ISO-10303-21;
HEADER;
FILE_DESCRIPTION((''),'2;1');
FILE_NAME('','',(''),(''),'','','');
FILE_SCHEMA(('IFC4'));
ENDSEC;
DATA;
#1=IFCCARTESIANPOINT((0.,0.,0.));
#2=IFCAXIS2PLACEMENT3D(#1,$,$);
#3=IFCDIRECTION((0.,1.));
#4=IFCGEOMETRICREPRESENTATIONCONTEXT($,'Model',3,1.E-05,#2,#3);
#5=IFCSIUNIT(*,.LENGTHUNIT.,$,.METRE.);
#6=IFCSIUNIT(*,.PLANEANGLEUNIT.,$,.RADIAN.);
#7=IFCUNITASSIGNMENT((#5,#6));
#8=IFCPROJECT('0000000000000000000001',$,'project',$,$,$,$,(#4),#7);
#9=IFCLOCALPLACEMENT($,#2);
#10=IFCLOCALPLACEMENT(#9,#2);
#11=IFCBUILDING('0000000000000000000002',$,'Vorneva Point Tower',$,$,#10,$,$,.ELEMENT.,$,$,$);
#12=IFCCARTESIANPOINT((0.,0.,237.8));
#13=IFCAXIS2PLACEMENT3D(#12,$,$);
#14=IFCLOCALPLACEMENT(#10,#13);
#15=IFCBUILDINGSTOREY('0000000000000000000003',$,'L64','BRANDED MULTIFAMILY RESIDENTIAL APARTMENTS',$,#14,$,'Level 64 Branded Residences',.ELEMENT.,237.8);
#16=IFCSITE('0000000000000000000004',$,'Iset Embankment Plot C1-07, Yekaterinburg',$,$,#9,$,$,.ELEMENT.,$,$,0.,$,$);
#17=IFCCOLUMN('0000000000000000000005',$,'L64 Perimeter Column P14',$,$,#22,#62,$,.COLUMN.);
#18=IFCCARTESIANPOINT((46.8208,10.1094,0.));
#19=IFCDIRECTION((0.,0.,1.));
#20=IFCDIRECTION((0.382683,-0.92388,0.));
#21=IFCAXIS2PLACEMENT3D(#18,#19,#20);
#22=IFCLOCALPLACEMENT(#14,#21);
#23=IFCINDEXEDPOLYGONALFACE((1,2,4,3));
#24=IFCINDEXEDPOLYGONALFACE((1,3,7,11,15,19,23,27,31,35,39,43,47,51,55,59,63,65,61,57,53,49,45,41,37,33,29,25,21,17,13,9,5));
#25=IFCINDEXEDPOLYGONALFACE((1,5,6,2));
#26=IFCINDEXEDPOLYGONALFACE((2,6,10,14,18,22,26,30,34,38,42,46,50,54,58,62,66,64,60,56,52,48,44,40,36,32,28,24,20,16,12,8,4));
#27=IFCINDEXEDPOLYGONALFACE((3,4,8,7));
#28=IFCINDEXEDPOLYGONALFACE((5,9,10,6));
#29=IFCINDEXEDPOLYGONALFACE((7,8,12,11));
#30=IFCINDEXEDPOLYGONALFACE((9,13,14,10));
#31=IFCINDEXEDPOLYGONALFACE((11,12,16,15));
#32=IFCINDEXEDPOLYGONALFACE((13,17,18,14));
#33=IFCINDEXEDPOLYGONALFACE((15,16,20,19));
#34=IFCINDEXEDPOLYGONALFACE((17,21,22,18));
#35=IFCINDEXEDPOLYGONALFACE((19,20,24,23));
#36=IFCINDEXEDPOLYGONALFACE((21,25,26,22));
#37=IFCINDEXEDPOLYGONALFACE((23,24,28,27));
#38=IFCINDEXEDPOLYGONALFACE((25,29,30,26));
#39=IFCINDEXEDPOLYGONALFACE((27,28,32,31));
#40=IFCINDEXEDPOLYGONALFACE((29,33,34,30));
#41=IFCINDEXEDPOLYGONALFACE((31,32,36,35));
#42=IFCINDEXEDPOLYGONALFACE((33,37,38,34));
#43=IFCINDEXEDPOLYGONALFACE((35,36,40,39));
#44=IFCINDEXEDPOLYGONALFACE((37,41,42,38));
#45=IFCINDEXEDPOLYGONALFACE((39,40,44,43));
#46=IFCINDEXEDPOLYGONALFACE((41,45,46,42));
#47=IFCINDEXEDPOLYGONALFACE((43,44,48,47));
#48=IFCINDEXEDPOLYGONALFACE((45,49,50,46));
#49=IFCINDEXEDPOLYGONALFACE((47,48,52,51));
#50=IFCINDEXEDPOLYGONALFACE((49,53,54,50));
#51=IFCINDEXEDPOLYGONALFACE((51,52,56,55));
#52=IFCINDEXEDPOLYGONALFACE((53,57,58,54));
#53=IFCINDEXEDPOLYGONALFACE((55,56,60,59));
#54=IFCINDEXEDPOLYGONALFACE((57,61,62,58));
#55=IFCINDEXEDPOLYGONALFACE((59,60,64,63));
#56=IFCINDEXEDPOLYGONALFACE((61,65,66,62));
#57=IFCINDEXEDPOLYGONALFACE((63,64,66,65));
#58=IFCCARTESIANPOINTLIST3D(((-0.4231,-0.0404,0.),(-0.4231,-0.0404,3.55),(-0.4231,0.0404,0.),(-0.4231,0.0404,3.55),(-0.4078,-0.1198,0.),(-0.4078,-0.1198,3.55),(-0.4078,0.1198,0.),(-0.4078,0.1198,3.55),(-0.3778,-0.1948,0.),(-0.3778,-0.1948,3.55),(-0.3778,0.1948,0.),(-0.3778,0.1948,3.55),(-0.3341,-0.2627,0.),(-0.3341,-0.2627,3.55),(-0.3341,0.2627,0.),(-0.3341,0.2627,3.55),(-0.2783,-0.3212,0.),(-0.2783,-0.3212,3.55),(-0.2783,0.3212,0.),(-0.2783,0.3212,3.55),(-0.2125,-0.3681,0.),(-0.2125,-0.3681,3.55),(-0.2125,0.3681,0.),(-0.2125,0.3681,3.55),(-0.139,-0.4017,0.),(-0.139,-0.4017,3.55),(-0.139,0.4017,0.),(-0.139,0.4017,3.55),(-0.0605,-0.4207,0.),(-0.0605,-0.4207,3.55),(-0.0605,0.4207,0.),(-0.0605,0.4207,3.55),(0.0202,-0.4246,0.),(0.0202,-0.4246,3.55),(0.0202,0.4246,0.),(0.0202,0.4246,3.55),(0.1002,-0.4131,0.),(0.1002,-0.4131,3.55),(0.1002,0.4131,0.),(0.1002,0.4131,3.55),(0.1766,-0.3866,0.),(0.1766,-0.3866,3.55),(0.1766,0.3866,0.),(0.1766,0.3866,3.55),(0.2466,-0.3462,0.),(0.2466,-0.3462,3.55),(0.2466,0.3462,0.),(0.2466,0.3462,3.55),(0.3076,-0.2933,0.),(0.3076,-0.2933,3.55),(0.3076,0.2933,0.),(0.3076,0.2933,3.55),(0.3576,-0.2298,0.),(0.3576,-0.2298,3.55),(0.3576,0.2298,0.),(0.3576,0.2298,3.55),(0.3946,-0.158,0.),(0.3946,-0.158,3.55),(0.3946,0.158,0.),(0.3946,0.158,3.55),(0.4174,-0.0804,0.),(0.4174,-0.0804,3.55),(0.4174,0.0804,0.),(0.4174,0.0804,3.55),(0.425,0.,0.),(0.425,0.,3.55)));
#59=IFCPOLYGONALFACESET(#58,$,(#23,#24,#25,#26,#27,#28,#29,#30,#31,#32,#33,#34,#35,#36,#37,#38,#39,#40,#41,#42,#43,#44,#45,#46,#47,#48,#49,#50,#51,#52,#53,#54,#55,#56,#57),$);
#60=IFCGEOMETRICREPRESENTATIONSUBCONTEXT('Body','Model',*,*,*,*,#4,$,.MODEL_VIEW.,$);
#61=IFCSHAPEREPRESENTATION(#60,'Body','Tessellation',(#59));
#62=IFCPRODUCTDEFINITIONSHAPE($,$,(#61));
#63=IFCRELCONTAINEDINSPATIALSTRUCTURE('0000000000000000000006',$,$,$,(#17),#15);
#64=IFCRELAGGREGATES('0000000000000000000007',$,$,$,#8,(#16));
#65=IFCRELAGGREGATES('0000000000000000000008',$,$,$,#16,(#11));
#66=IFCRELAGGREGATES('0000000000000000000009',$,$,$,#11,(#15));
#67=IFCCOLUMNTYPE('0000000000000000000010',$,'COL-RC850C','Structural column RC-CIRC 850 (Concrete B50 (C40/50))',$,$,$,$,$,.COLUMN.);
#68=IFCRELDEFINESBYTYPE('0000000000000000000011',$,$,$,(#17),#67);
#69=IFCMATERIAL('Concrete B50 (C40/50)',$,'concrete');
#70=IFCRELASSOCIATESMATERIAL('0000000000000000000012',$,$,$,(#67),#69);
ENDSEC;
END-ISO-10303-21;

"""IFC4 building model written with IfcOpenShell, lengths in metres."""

from ifc_helpers import new_model, si_unit, direction, frame, origin, origin_2d, place, context, subcontext, project, spatial, circle, extrude, material, material_profile, profile_set, type_object, element, save


model = new_model("IFC4")

# Units and contexts
model_context = context("Model", 3, precision=1e-05, world=origin(), true_north=direction((0.0, 1.0)))
body_context = subcontext(model_context, "Body", "Model", "MODEL_VIEW")
ifc_project = project(units=[si_unit("LENGTHUNIT", "METRE"), si_unit("PLANEANGLEUNIT", "RADIAN")], contexts=[model_context])

# Site, building, storey
site_placement = place(None, origin())
site = spatial("IfcSite", under=ifc_project, at=site_placement, Name="Iset Embankment Plot C1-07, Yekaterinburg", CompositionType="ELEMENT", RefElevation=0.0)
building_placement = place(site_placement, origin())
building = spatial("IfcBuilding", under=site, at=building_placement, Name="Vorneva Point Tower", CompositionType="ELEMENT")
storey_placement = place(building_placement, frame((0.0, 0.0, 237.8)))
storey = spatial("IfcBuildingStorey", under=building, at=storey_placement, Name="L64", Description="BRANDED MULTIFAMILY RESIDENTIAL APARTMENTS", LongName="Level 64 Branded Residences", CompositionType="ELEMENT", Elevation=237.8)

# Column
ifc_material_1 = material(Name="Concrete B50 (C40/50)", Category="concrete")
ifc_material_profile_1 = material_profile(ifc_material_1, circle(Radius=0.425, at=origin_2d()), Name="RC-CIRC 850")
ifc_profile_set_1 = profile_set([ifc_material_profile_1], Name="Concrete B50 (C40/50)")
column_type_1 = type_object("IfcColumnType", Name="COL-RC850C", Description="Structural column RC-CIRC 850 (Concrete B50 (C40/50))", PredefinedType="COLUMN", material=ifc_profile_set_1)
column_1_placement = place(storey_placement, frame((46.8208, 10.1094, 0.0), z_axis=(0.0, 0.0, 1.0), x_axis=(0.382683, -0.92388, 0.0)))
element("IfcColumn", 1, at=column_1_placement, inside=storey, type_object=column_type_1, Name="L64 Perimeter Column P14", PredefinedType="COLUMN", context=body_context, shape_type="SweptSolid", body=[
    extrude(circle(Radius=0.425, at=origin_2d()), origin(), (0.0, 0.0, 1.0), 3.55),
])

save(model, "model.ifc")
